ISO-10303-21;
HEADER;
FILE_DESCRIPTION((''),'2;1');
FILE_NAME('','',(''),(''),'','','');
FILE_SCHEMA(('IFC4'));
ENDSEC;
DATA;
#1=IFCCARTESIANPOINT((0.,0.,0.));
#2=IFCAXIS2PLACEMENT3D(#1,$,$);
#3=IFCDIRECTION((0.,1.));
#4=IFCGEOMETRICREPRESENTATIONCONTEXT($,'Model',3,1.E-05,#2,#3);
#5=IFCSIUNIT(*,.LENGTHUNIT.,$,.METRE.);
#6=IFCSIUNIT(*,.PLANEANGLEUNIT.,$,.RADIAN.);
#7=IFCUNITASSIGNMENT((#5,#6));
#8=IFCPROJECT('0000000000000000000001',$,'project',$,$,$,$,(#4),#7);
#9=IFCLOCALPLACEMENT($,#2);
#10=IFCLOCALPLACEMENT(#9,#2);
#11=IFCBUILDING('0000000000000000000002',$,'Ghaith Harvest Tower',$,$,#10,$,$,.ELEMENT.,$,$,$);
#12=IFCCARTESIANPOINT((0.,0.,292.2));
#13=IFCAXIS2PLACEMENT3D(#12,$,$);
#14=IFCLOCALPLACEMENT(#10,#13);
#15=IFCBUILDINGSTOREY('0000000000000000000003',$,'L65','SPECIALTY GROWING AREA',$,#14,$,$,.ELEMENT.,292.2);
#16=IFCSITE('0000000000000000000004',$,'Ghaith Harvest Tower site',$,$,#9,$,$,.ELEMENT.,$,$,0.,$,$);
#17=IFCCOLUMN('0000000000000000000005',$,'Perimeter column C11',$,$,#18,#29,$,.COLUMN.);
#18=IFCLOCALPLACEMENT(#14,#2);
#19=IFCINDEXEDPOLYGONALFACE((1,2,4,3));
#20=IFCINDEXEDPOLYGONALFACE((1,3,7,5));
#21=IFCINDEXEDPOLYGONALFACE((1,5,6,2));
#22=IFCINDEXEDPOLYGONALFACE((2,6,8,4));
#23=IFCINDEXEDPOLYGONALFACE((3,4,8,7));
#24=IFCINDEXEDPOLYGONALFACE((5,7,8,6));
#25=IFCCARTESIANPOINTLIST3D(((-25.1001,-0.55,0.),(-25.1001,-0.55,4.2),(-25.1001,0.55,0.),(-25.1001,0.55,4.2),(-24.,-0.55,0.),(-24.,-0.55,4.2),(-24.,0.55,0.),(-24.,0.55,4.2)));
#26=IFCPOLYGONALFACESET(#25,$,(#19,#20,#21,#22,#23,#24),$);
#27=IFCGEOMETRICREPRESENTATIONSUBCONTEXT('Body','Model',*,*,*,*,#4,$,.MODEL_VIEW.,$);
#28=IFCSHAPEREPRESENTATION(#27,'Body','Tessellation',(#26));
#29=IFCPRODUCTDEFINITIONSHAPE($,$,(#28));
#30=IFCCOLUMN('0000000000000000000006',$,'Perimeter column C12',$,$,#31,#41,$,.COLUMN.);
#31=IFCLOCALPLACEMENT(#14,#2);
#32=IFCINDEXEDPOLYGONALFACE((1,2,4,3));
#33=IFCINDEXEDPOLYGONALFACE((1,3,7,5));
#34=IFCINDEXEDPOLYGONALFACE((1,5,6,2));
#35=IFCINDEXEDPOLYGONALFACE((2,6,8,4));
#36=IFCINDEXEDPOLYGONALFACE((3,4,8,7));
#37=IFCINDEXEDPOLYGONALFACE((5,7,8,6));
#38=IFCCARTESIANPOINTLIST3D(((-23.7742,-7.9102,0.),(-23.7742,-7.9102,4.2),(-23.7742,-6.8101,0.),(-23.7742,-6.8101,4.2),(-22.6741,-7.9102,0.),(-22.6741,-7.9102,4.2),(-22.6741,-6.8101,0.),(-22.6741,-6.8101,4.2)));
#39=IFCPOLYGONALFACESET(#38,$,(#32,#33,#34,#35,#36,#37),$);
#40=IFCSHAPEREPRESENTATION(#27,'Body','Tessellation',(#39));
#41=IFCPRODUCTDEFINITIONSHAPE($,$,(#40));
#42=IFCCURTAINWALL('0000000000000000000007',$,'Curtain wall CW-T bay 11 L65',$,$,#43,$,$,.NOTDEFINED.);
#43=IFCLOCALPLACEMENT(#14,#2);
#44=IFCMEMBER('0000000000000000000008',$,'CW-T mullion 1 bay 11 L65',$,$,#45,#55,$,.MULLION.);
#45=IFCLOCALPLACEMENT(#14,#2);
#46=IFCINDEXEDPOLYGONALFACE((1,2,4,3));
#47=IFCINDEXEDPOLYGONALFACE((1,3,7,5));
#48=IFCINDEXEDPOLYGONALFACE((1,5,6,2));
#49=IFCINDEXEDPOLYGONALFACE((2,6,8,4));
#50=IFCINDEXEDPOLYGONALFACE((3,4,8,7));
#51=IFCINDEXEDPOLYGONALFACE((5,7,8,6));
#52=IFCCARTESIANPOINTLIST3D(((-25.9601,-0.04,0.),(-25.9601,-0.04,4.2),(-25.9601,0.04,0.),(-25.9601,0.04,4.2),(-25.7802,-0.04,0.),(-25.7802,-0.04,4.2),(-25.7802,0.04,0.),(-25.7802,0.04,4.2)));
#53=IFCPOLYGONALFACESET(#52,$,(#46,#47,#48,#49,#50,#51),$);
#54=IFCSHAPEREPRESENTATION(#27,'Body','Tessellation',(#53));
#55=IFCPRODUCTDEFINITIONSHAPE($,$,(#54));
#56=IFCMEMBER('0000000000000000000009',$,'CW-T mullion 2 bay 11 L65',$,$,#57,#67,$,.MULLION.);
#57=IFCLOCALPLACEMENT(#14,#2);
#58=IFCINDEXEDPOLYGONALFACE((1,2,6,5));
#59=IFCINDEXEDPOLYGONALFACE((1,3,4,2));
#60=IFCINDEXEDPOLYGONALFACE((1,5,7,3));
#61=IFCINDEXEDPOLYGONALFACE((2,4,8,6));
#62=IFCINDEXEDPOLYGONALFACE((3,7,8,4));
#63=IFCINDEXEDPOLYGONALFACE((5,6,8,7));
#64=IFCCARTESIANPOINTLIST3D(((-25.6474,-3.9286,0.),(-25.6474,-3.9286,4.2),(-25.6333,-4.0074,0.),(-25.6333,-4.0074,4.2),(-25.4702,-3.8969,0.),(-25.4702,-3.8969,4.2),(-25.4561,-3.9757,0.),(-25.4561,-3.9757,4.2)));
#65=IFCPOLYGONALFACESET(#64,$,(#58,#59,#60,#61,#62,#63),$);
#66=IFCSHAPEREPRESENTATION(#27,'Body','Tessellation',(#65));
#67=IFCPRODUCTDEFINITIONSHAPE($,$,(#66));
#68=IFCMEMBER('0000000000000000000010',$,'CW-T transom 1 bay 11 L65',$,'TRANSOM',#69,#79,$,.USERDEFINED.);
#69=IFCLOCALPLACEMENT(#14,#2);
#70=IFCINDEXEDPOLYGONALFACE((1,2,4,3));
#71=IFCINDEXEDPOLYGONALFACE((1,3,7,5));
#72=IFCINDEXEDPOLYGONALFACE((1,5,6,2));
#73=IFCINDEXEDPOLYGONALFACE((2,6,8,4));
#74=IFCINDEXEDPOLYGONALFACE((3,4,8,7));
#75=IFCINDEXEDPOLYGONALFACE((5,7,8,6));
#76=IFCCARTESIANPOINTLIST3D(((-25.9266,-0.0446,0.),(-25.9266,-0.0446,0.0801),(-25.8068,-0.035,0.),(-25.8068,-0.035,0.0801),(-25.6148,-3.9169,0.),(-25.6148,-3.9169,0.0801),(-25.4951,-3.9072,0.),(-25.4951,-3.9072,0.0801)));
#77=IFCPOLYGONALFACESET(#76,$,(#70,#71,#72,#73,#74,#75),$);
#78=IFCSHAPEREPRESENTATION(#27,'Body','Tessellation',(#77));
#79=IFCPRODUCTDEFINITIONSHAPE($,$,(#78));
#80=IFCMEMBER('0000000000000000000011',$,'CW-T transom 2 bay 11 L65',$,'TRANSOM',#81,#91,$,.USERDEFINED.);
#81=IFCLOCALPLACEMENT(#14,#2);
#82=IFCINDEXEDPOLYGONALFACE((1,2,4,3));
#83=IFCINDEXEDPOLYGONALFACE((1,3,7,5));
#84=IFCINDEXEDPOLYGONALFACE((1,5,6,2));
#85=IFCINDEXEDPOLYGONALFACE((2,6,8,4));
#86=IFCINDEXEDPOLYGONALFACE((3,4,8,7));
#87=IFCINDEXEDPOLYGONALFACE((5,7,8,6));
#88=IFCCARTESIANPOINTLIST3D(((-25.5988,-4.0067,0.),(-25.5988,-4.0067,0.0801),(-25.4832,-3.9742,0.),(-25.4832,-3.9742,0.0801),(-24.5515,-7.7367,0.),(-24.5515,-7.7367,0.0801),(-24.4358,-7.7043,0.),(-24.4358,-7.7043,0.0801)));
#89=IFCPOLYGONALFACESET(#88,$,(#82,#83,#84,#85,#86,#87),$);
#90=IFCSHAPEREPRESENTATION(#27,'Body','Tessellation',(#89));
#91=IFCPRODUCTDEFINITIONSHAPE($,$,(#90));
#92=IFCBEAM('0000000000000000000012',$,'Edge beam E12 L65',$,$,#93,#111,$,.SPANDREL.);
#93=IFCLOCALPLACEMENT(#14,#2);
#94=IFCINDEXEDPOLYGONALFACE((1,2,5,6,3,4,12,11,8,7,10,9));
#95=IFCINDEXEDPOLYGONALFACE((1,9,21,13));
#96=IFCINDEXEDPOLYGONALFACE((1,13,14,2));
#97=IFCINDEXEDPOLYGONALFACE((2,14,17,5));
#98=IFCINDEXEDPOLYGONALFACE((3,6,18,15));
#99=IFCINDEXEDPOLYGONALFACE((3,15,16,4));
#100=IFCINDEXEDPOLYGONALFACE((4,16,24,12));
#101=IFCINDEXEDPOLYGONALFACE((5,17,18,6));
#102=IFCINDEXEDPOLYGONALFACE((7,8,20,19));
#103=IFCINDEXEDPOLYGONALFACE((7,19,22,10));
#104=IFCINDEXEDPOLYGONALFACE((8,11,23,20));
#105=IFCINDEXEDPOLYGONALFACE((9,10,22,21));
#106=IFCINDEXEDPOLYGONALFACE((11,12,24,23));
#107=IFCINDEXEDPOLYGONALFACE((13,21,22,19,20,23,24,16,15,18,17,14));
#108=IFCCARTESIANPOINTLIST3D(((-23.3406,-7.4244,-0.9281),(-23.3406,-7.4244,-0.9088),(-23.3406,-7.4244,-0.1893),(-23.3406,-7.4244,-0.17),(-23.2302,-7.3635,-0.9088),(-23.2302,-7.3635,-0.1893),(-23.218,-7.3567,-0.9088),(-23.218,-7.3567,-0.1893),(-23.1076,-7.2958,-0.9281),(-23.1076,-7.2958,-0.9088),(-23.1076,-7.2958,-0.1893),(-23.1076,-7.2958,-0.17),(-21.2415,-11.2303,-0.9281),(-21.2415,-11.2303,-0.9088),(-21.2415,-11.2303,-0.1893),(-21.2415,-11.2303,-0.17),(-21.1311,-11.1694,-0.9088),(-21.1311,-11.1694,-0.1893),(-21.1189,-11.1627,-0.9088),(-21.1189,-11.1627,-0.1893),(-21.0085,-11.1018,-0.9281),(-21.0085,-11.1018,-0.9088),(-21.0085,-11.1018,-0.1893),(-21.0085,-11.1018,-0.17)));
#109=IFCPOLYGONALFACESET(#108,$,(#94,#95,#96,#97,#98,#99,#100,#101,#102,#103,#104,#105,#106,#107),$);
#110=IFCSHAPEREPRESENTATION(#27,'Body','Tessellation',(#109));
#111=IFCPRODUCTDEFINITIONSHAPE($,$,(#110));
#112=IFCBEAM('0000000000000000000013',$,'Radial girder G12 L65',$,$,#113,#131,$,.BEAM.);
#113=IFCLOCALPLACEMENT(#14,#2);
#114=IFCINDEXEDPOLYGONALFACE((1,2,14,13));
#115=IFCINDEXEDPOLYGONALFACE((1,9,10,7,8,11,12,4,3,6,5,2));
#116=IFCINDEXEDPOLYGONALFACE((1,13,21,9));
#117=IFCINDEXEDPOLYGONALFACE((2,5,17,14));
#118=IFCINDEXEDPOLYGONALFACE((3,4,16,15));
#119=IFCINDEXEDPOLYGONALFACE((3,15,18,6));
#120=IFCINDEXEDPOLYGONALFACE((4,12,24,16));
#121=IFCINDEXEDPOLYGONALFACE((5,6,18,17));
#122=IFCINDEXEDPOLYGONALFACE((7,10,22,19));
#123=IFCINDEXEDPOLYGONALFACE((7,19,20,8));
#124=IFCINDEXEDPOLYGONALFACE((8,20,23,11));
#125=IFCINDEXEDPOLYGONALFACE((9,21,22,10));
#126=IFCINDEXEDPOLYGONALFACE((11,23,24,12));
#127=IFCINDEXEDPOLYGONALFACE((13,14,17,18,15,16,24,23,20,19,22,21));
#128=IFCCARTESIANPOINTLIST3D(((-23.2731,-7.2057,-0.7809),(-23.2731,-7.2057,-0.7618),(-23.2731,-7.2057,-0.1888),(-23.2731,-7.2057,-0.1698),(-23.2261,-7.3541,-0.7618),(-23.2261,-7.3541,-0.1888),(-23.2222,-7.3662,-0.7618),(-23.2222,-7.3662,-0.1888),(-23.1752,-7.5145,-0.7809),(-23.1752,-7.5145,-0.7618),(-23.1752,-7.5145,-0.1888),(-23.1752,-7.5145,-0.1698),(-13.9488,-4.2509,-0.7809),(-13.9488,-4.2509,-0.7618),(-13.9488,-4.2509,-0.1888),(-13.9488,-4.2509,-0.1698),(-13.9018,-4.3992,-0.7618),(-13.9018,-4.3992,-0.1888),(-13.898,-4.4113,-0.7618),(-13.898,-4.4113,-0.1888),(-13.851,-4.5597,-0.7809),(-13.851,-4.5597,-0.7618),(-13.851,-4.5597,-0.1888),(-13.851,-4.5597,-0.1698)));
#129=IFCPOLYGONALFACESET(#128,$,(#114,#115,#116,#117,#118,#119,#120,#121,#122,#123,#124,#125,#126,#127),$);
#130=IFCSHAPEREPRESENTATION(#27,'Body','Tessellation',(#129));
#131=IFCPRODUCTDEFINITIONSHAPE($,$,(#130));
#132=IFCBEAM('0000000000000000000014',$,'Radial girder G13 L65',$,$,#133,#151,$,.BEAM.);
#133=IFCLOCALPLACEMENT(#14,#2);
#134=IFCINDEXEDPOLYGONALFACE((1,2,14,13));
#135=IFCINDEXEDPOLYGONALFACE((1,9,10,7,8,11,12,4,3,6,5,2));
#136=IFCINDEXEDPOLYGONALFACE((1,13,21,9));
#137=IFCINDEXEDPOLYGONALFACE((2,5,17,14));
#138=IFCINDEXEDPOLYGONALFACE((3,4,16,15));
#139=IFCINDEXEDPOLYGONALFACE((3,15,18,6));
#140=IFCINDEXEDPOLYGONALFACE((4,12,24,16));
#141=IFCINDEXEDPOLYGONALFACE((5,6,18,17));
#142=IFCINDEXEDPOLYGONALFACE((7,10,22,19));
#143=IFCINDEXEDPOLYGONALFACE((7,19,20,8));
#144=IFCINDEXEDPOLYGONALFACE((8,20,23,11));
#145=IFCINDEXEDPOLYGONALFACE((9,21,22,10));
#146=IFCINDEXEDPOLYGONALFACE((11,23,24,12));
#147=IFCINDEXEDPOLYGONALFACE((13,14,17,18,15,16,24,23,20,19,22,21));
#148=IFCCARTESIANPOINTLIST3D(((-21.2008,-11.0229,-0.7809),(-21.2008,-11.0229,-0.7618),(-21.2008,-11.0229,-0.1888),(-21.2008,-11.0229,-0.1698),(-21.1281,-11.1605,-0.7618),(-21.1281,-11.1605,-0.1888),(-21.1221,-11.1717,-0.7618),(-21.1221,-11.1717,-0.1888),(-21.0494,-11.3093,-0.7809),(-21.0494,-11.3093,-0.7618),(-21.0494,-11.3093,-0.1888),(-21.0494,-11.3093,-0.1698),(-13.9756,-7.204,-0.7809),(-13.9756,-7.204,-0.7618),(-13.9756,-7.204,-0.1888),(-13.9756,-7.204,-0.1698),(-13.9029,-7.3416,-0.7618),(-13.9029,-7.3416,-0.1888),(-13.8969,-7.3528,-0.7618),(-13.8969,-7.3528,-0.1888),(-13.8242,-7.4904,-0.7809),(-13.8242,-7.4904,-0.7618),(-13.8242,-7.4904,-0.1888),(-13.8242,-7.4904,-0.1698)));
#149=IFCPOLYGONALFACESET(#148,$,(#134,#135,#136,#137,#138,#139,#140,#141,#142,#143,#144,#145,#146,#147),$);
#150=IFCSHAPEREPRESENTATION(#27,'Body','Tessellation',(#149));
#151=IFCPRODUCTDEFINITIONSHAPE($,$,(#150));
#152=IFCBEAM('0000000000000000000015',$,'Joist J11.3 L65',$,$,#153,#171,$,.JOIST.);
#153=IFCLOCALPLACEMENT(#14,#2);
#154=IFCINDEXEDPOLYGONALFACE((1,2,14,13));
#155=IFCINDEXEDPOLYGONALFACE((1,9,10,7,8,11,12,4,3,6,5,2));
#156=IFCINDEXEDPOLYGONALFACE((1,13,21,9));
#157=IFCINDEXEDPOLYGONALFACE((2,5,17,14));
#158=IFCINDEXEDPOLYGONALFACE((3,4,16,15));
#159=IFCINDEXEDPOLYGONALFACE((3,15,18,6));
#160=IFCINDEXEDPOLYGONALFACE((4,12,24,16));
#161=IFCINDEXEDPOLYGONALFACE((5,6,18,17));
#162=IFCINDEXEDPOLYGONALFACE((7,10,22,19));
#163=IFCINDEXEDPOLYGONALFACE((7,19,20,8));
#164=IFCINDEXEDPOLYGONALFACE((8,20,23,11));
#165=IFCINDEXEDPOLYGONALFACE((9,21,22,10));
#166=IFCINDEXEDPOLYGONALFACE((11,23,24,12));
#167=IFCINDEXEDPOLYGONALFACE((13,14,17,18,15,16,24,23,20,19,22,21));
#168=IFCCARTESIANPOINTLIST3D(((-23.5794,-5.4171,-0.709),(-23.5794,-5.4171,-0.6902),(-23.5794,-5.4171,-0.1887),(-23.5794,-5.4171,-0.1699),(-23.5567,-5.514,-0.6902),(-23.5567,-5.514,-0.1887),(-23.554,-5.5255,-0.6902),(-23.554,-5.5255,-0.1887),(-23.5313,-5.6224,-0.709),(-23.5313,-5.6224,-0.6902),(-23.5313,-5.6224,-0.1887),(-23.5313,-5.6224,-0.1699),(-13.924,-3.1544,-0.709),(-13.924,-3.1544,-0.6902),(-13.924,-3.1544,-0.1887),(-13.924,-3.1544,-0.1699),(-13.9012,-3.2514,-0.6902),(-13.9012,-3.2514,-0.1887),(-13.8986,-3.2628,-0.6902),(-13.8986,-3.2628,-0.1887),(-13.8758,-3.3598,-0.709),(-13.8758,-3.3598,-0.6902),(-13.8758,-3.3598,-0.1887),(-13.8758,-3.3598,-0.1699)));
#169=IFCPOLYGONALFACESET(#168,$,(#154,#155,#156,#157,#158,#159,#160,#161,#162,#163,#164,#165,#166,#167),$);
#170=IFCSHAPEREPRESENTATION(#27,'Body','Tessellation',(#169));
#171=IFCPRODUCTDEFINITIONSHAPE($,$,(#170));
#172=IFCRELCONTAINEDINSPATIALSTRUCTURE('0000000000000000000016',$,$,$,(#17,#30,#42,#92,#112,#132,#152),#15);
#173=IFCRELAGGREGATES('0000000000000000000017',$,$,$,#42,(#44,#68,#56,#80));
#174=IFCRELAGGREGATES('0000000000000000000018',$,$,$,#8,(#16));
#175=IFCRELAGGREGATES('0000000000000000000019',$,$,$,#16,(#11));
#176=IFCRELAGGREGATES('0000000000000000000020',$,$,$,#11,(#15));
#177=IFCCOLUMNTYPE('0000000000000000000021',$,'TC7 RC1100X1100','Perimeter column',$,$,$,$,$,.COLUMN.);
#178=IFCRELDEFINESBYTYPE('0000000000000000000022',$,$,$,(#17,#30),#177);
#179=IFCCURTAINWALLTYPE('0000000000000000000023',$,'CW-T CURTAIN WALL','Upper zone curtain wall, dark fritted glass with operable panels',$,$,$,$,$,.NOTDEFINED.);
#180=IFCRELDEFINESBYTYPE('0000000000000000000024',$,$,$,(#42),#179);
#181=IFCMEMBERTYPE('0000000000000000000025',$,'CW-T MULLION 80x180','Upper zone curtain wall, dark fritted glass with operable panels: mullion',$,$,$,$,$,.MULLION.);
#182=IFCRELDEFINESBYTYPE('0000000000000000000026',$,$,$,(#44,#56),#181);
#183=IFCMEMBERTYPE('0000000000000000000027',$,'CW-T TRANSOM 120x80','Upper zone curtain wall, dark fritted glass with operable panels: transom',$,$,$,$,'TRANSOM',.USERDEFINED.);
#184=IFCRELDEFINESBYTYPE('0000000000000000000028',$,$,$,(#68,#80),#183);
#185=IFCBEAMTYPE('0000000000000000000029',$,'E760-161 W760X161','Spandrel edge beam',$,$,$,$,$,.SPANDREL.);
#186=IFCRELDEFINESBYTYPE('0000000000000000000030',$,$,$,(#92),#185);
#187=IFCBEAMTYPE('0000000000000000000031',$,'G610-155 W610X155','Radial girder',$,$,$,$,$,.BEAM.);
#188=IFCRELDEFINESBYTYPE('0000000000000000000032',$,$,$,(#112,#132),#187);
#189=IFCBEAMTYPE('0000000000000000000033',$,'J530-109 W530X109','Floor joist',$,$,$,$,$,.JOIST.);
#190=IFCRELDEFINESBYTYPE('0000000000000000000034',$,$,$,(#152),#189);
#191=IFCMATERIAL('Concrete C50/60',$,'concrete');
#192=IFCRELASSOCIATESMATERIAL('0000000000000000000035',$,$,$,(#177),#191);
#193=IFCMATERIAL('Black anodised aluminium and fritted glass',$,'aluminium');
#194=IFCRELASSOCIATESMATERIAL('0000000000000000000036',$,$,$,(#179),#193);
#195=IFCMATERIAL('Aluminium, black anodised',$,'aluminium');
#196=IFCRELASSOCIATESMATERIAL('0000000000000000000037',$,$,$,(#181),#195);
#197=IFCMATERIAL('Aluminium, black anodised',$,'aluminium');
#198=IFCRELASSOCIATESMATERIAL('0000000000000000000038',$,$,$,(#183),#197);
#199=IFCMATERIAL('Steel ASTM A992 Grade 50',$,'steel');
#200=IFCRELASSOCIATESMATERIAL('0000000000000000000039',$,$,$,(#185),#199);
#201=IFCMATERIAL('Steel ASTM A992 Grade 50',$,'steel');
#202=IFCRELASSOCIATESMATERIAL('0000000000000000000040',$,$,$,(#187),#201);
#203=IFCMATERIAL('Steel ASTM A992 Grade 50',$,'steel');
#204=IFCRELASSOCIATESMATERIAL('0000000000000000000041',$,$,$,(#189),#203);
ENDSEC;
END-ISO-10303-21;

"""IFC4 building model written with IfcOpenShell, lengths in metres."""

from ifc_helpers import new_model, si_unit, direction, frame, origin, origin_2d, place, context, subcontext, project, spatial, rectangle, i_section, extrude, material, material_profile, profile_set, type_object, element, aggregate, save


model = new_model("IFC4")

# Units and contexts
model_context = context("Model", 3, precision=1e-05, world=origin(), true_north=direction((0.0, 1.0)))
body_context = subcontext(model_context, "Body", "Model", "MODEL_VIEW")
ifc_project = project(units=[si_unit("LENGTHUNIT", "METRE"), si_unit("PLANEANGLEUNIT", "RADIAN")], contexts=[model_context])

# Site, building, storey
site_placement = place(None, origin())
site = spatial("IfcSite", under=ifc_project, at=site_placement, Name="Ghaith Harvest Tower site", CompositionType="ELEMENT", RefElevation=0.0)
building_placement = place(site_placement, origin())
building = spatial("IfcBuilding", under=site, at=building_placement, Name="Ghaith Harvest Tower", CompositionType="ELEMENT")
storey_placement = place(building_placement, frame((0.0, 0.0, 292.2)))
storey = spatial("IfcBuildingStorey", under=building, at=storey_placement, Name="L65", Description="SPECIALTY GROWING AREA", CompositionType="ELEMENT", Elevation=292.2)

# Columns
ifc_material_1 = material(Name="Concrete C50/60", Category="concrete")
ifc_material_profile_1 = material_profile(ifc_material_1, rectangle(XDim=1.1001, YDim=1.1001, at=origin_2d()), Name="RC1100X1100")
ifc_profile_set_1 = profile_set([ifc_material_profile_1], Name="Concrete C50/60")
column_type = type_object("IfcColumnType", Name="TC7 RC1100X1100", Description="Perimeter column", PredefinedType="COLUMN", material=ifc_profile_set_1)
for number, where, z_axis, x_axis, name in (
    (1, (-24.55, 0.0, 0.0), (0.0, 0.0, 1.0), (1.0, 0.0, 0.0), "Perimeter column C11"),
    (2, (-23.2241, -7.3601, 0.0), (0.0, 0.0, 1.0), (1.0, 0.0, 0.0), "Perimeter column C12"),
):
    element("IfcColumn", number, at=place(storey_placement, frame(where, z_axis=z_axis, x_axis=x_axis)), inside=storey, type_object=column_type, Name=name, PredefinedType="COLUMN", context=body_context, shape_type="SweptSolid", body=[
        extrude(rectangle(XDim=1.1001, YDim=1.1001, at=origin_2d()), origin(), (0.0, 0.0, 1.0), 4.2),
    ])

# Curtain wall, members
ifc_material_2 = material(Name="Black anodised aluminium and fritted glass", Category="aluminium")
curtain_wall_type = type_object("IfcCurtainWallType", Name="CW-T CURTAIN WALL", Description="Upper zone curtain wall, dark fritted glass with operable panels", PredefinedType="NOTDEFINED", material=ifc_material_2)
curtain_wall_placement = place(storey_placement, origin())
curtain_wall = element("IfcCurtainWall", 3, at=curtain_wall_placement, inside=storey, type_object=curtain_wall_type, Name="Curtain wall CW-T bay 11 L65", PredefinedType="NOTDEFINED")
ifc_material_3 = material(Name="Aluminium, black anodised", Category="aluminium")
ifc_material_profile_2 = material_profile(ifc_material_3, rectangle(XDim=0.0801, YDim=0.1799, at=origin_2d()), Name="CW-T MULLION 80x180")
ifc_profile_set_2 = profile_set([ifc_material_profile_2], Name="Aluminium, black anodised")
member_type_1 = type_object("IfcMemberType", Name="CW-T MULLION 80x180", Description="Upper zone curtain wall, dark fritted glass with operable panels: mullion", PredefinedType="MULLION", material=ifc_profile_set_2)
member_1_placement = place(storey_placement, frame((-25.8701, 0.0, 0.0), z_axis=(0.0, 0.0, 1.0), x_axis=(0.0, -1.0, 0.0)))
member_1 = element("IfcMember", 4, at=member_1_placement, type_object=member_type_1, Name="CW-T mullion 1 bay 11 L65", PredefinedType="MULLION", context=body_context, shape_type="SweptSolid", body=[
    extrude(rectangle(XDim=0.0801, YDim=0.1799, at=origin_2d()), origin(), (0.0, 0.0, 1.0), 4.2),
])
member_2_placement = place(storey_placement, frame((-25.5518, -3.9521, 0.0), z_axis=(0.0, 0.0, 1.0), x_axis=(0.176001, -0.98439, 0.0)))
member_2 = element("IfcMember", 5, at=member_2_placement, type_object=member_type_1, Name="CW-T mullion 2 bay 11 L65", PredefinedType="MULLION", context=body_context, shape_type="SweptSolid", body=[
    extrude(rectangle(XDim=0.0801, YDim=0.1799, at=origin_2d()), origin(), (0.0, 0.0, 1.0), 4.2),
])
ifc_material_4 = material(Name="Aluminium, black anodised", Category="aluminium")
ifc_material_profile_3 = material_profile(ifc_material_4, rectangle(XDim=0.1201, YDim=0.0801, at=origin_2d()), Name="CW-T TRANSOM 120x80")
ifc_profile_set_3 = profile_set([ifc_material_profile_3], Name="Aluminium, black anodised")
member_type_2 = type_object("IfcMemberType", Name="CW-T TRANSOM 120x80", Description="Upper zone curtain wall, dark fritted glass with operable panels: transom", ElementType="TRANSOM", PredefinedType="USERDEFINED", material=ifc_profile_set_3)
member_3_placement = place(storey_placement, frame((-25.8667, -0.0398, 0.04), z_axis=(0.080252, -0.996775, 0.0), x_axis=(0.996775, 0.080252, 0.0)))
member_3 = element("IfcMember", 6, at=member_3_placement, type_object=member_type_2, Name="CW-T transom 1 bay 11 L65", ObjectType="TRANSOM", PredefinedType="USERDEFINED", context=body_context, shape_type="SweptSolid", body=[
    extrude(rectangle(XDim=0.1201, YDim=0.0801, at=origin_2d()), origin(), (0.0, 0.0, 1.0), 3.8848),
])
member_4_placement = place(storey_placement, frame((-25.541, -3.9905, 0.04), z_axis=(0.27034, -0.962765, 0.0), x_axis=(0.962765, 0.27034, 0.0)))
member_4 = element("IfcMember", 7, at=member_4_placement, type_object=member_type_2, Name="CW-T transom 2 bay 11 L65", ObjectType="TRANSOM", PredefinedType="USERDEFINED", context=body_context, shape_type="SweptSolid", body=[
    extrude(rectangle(XDim=0.1201, YDim=0.0801, at=origin_2d()), origin(), (0.0, 0.0, 1.0), 3.8743),
])

# Beams
ifc_material_5 = material(Name="Steel ASTM A992 Grade 50", Category="steel")
ifc_material_profile_4 = material_profile(ifc_material_5, i_section(OverallWidth=0.2661, OverallDepth=0.7581, WebThickness=0.0139, FlangeThickness=0.0193, at=origin_2d()), Name="W760X161")
ifc_profile_set_4 = profile_set([ifc_material_profile_4], Name="Steel ASTM A992 Grade 50")
beam_type_1 = type_object("IfcBeamType", Name="E760-161 W760X161", Description="Spandrel edge beam", PredefinedType="SPANDREL", material=ifc_profile_set_4)
beam_1_placement = place(storey_placement, frame((-23.2241, -7.3601, -0.5491), z_axis=(0.482956, -0.875645, 0.0), x_axis=(0.875645, 0.482956, 0.0)))
element("IfcBeam", 8, at=beam_1_placement, inside=storey, type_object=beam_type_1, Name="Edge beam E12 L65", PredefinedType="SPANDREL", context=body_context, shape_type="SweptSolid", body=[
    extrude(i_section(OverallWidth=0.2661, OverallDepth=0.7581, WebThickness=0.0139, FlangeThickness=0.0193, at=origin_2d()), origin(), (0.0, 0.0, 1.0), 4.3464),
])
ifc_material_6 = material(Name="Steel ASTM A992 Grade 50", Category="steel")
ifc_material_profile_5 = material_profile(ifc_material_6, i_section(OverallWidth=0.324, OverallDepth=0.6111, WebThickness=0.0127, FlangeThickness=0.019, at=origin_2d()), Name="W610X155")
ifc_profile_set_5 = profile_set([ifc_material_profile_5], Name="Steel ASTM A992 Grade 50")
beam_type_2 = type_object("IfcBeamType", Name="G610-155 W610X155", Description="Radial girder", PredefinedType="BEAM", material=ifc_profile_set_5)
beam_2_placement = place(storey_placement, frame((-13.8999, -4.4053, -0.4753), z_axis=(-0.953279, -0.302093, 0.0), x_axis=(0.302093, -0.953279, 0.0)))
element("IfcBeam", 9, at=beam_2_placement, inside=storey, type_object=beam_type_2, Name="Radial girder G12 L65", PredefinedType="BEAM", context=body_context, shape_type="SweptSolid", body=[
    extrude(i_section(OverallWidth=0.324, OverallDepth=0.6111, WebThickness=0.0127, FlangeThickness=0.019, at=origin_2d()), origin(), (0.0, 0.0, 1.0), 9.7812),
])
beam_3_placement = place(storey_placement, frame((-13.8999, -7.3472, -0.4753), z_axis=(-0.884102, -0.467295, 0.0), x_axis=(0.467295, -0.884102, 0.0)))
element("IfcBeam", 10, at=beam_3_placement, inside=storey, type_object=beam_type_2, Name="Radial girder G13 L65", PredefinedType="BEAM", context=body_context, shape_type="SweptSolid", body=[
    extrude(i_section(OverallWidth=0.324, OverallDepth=0.6111, WebThickness=0.0127, FlangeThickness=0.019, at=origin_2d()), origin(), (0.0, 0.0, 1.0), 8.1724),
])
ifc_material_7 = material(Name="Steel ASTM A992 Grade 50", Category="steel")
ifc_material_profile_6 = material_profile(ifc_material_7, i_section(OverallWidth=0.2109, OverallDepth=0.5391, WebThickness=0.0117, FlangeThickness=0.0188, at=origin_2d()), Name="W530X109")
ifc_profile_set_6 = profile_set([ifc_material_profile_6], Name="Steel ASTM A992 Grade 50")
beam_type_3 = type_object("IfcBeamType", Name="J530-109 W530X109", Description="Floor joist", PredefinedType="JOIST", material=ifc_profile_set_6)
beam_4_placement = place(storey_placement, frame((-13.8999, -3.2571, -0.4395), z_axis=(-0.973623, -0.228161, 0.0), x_axis=(0.228161, -0.973623, 0.0)))
element("IfcBeam", 11, at=beam_4_placement, inside=storey, type_object=beam_type_3, Name="Joist J11.3 L65", PredefinedType="JOIST", context=body_context, shape_type="SweptSolid", body=[
    extrude(i_section(OverallWidth=0.2109, OverallDepth=0.5391, WebThickness=0.0117, FlangeThickness=0.0188, at=origin_2d()), origin(), (0.0, 0.0, 1.0), 9.917),
])

aggregate(curtain_wall, [member_1, member_3, member_2, member_4])

save(model, "model.ifc")
